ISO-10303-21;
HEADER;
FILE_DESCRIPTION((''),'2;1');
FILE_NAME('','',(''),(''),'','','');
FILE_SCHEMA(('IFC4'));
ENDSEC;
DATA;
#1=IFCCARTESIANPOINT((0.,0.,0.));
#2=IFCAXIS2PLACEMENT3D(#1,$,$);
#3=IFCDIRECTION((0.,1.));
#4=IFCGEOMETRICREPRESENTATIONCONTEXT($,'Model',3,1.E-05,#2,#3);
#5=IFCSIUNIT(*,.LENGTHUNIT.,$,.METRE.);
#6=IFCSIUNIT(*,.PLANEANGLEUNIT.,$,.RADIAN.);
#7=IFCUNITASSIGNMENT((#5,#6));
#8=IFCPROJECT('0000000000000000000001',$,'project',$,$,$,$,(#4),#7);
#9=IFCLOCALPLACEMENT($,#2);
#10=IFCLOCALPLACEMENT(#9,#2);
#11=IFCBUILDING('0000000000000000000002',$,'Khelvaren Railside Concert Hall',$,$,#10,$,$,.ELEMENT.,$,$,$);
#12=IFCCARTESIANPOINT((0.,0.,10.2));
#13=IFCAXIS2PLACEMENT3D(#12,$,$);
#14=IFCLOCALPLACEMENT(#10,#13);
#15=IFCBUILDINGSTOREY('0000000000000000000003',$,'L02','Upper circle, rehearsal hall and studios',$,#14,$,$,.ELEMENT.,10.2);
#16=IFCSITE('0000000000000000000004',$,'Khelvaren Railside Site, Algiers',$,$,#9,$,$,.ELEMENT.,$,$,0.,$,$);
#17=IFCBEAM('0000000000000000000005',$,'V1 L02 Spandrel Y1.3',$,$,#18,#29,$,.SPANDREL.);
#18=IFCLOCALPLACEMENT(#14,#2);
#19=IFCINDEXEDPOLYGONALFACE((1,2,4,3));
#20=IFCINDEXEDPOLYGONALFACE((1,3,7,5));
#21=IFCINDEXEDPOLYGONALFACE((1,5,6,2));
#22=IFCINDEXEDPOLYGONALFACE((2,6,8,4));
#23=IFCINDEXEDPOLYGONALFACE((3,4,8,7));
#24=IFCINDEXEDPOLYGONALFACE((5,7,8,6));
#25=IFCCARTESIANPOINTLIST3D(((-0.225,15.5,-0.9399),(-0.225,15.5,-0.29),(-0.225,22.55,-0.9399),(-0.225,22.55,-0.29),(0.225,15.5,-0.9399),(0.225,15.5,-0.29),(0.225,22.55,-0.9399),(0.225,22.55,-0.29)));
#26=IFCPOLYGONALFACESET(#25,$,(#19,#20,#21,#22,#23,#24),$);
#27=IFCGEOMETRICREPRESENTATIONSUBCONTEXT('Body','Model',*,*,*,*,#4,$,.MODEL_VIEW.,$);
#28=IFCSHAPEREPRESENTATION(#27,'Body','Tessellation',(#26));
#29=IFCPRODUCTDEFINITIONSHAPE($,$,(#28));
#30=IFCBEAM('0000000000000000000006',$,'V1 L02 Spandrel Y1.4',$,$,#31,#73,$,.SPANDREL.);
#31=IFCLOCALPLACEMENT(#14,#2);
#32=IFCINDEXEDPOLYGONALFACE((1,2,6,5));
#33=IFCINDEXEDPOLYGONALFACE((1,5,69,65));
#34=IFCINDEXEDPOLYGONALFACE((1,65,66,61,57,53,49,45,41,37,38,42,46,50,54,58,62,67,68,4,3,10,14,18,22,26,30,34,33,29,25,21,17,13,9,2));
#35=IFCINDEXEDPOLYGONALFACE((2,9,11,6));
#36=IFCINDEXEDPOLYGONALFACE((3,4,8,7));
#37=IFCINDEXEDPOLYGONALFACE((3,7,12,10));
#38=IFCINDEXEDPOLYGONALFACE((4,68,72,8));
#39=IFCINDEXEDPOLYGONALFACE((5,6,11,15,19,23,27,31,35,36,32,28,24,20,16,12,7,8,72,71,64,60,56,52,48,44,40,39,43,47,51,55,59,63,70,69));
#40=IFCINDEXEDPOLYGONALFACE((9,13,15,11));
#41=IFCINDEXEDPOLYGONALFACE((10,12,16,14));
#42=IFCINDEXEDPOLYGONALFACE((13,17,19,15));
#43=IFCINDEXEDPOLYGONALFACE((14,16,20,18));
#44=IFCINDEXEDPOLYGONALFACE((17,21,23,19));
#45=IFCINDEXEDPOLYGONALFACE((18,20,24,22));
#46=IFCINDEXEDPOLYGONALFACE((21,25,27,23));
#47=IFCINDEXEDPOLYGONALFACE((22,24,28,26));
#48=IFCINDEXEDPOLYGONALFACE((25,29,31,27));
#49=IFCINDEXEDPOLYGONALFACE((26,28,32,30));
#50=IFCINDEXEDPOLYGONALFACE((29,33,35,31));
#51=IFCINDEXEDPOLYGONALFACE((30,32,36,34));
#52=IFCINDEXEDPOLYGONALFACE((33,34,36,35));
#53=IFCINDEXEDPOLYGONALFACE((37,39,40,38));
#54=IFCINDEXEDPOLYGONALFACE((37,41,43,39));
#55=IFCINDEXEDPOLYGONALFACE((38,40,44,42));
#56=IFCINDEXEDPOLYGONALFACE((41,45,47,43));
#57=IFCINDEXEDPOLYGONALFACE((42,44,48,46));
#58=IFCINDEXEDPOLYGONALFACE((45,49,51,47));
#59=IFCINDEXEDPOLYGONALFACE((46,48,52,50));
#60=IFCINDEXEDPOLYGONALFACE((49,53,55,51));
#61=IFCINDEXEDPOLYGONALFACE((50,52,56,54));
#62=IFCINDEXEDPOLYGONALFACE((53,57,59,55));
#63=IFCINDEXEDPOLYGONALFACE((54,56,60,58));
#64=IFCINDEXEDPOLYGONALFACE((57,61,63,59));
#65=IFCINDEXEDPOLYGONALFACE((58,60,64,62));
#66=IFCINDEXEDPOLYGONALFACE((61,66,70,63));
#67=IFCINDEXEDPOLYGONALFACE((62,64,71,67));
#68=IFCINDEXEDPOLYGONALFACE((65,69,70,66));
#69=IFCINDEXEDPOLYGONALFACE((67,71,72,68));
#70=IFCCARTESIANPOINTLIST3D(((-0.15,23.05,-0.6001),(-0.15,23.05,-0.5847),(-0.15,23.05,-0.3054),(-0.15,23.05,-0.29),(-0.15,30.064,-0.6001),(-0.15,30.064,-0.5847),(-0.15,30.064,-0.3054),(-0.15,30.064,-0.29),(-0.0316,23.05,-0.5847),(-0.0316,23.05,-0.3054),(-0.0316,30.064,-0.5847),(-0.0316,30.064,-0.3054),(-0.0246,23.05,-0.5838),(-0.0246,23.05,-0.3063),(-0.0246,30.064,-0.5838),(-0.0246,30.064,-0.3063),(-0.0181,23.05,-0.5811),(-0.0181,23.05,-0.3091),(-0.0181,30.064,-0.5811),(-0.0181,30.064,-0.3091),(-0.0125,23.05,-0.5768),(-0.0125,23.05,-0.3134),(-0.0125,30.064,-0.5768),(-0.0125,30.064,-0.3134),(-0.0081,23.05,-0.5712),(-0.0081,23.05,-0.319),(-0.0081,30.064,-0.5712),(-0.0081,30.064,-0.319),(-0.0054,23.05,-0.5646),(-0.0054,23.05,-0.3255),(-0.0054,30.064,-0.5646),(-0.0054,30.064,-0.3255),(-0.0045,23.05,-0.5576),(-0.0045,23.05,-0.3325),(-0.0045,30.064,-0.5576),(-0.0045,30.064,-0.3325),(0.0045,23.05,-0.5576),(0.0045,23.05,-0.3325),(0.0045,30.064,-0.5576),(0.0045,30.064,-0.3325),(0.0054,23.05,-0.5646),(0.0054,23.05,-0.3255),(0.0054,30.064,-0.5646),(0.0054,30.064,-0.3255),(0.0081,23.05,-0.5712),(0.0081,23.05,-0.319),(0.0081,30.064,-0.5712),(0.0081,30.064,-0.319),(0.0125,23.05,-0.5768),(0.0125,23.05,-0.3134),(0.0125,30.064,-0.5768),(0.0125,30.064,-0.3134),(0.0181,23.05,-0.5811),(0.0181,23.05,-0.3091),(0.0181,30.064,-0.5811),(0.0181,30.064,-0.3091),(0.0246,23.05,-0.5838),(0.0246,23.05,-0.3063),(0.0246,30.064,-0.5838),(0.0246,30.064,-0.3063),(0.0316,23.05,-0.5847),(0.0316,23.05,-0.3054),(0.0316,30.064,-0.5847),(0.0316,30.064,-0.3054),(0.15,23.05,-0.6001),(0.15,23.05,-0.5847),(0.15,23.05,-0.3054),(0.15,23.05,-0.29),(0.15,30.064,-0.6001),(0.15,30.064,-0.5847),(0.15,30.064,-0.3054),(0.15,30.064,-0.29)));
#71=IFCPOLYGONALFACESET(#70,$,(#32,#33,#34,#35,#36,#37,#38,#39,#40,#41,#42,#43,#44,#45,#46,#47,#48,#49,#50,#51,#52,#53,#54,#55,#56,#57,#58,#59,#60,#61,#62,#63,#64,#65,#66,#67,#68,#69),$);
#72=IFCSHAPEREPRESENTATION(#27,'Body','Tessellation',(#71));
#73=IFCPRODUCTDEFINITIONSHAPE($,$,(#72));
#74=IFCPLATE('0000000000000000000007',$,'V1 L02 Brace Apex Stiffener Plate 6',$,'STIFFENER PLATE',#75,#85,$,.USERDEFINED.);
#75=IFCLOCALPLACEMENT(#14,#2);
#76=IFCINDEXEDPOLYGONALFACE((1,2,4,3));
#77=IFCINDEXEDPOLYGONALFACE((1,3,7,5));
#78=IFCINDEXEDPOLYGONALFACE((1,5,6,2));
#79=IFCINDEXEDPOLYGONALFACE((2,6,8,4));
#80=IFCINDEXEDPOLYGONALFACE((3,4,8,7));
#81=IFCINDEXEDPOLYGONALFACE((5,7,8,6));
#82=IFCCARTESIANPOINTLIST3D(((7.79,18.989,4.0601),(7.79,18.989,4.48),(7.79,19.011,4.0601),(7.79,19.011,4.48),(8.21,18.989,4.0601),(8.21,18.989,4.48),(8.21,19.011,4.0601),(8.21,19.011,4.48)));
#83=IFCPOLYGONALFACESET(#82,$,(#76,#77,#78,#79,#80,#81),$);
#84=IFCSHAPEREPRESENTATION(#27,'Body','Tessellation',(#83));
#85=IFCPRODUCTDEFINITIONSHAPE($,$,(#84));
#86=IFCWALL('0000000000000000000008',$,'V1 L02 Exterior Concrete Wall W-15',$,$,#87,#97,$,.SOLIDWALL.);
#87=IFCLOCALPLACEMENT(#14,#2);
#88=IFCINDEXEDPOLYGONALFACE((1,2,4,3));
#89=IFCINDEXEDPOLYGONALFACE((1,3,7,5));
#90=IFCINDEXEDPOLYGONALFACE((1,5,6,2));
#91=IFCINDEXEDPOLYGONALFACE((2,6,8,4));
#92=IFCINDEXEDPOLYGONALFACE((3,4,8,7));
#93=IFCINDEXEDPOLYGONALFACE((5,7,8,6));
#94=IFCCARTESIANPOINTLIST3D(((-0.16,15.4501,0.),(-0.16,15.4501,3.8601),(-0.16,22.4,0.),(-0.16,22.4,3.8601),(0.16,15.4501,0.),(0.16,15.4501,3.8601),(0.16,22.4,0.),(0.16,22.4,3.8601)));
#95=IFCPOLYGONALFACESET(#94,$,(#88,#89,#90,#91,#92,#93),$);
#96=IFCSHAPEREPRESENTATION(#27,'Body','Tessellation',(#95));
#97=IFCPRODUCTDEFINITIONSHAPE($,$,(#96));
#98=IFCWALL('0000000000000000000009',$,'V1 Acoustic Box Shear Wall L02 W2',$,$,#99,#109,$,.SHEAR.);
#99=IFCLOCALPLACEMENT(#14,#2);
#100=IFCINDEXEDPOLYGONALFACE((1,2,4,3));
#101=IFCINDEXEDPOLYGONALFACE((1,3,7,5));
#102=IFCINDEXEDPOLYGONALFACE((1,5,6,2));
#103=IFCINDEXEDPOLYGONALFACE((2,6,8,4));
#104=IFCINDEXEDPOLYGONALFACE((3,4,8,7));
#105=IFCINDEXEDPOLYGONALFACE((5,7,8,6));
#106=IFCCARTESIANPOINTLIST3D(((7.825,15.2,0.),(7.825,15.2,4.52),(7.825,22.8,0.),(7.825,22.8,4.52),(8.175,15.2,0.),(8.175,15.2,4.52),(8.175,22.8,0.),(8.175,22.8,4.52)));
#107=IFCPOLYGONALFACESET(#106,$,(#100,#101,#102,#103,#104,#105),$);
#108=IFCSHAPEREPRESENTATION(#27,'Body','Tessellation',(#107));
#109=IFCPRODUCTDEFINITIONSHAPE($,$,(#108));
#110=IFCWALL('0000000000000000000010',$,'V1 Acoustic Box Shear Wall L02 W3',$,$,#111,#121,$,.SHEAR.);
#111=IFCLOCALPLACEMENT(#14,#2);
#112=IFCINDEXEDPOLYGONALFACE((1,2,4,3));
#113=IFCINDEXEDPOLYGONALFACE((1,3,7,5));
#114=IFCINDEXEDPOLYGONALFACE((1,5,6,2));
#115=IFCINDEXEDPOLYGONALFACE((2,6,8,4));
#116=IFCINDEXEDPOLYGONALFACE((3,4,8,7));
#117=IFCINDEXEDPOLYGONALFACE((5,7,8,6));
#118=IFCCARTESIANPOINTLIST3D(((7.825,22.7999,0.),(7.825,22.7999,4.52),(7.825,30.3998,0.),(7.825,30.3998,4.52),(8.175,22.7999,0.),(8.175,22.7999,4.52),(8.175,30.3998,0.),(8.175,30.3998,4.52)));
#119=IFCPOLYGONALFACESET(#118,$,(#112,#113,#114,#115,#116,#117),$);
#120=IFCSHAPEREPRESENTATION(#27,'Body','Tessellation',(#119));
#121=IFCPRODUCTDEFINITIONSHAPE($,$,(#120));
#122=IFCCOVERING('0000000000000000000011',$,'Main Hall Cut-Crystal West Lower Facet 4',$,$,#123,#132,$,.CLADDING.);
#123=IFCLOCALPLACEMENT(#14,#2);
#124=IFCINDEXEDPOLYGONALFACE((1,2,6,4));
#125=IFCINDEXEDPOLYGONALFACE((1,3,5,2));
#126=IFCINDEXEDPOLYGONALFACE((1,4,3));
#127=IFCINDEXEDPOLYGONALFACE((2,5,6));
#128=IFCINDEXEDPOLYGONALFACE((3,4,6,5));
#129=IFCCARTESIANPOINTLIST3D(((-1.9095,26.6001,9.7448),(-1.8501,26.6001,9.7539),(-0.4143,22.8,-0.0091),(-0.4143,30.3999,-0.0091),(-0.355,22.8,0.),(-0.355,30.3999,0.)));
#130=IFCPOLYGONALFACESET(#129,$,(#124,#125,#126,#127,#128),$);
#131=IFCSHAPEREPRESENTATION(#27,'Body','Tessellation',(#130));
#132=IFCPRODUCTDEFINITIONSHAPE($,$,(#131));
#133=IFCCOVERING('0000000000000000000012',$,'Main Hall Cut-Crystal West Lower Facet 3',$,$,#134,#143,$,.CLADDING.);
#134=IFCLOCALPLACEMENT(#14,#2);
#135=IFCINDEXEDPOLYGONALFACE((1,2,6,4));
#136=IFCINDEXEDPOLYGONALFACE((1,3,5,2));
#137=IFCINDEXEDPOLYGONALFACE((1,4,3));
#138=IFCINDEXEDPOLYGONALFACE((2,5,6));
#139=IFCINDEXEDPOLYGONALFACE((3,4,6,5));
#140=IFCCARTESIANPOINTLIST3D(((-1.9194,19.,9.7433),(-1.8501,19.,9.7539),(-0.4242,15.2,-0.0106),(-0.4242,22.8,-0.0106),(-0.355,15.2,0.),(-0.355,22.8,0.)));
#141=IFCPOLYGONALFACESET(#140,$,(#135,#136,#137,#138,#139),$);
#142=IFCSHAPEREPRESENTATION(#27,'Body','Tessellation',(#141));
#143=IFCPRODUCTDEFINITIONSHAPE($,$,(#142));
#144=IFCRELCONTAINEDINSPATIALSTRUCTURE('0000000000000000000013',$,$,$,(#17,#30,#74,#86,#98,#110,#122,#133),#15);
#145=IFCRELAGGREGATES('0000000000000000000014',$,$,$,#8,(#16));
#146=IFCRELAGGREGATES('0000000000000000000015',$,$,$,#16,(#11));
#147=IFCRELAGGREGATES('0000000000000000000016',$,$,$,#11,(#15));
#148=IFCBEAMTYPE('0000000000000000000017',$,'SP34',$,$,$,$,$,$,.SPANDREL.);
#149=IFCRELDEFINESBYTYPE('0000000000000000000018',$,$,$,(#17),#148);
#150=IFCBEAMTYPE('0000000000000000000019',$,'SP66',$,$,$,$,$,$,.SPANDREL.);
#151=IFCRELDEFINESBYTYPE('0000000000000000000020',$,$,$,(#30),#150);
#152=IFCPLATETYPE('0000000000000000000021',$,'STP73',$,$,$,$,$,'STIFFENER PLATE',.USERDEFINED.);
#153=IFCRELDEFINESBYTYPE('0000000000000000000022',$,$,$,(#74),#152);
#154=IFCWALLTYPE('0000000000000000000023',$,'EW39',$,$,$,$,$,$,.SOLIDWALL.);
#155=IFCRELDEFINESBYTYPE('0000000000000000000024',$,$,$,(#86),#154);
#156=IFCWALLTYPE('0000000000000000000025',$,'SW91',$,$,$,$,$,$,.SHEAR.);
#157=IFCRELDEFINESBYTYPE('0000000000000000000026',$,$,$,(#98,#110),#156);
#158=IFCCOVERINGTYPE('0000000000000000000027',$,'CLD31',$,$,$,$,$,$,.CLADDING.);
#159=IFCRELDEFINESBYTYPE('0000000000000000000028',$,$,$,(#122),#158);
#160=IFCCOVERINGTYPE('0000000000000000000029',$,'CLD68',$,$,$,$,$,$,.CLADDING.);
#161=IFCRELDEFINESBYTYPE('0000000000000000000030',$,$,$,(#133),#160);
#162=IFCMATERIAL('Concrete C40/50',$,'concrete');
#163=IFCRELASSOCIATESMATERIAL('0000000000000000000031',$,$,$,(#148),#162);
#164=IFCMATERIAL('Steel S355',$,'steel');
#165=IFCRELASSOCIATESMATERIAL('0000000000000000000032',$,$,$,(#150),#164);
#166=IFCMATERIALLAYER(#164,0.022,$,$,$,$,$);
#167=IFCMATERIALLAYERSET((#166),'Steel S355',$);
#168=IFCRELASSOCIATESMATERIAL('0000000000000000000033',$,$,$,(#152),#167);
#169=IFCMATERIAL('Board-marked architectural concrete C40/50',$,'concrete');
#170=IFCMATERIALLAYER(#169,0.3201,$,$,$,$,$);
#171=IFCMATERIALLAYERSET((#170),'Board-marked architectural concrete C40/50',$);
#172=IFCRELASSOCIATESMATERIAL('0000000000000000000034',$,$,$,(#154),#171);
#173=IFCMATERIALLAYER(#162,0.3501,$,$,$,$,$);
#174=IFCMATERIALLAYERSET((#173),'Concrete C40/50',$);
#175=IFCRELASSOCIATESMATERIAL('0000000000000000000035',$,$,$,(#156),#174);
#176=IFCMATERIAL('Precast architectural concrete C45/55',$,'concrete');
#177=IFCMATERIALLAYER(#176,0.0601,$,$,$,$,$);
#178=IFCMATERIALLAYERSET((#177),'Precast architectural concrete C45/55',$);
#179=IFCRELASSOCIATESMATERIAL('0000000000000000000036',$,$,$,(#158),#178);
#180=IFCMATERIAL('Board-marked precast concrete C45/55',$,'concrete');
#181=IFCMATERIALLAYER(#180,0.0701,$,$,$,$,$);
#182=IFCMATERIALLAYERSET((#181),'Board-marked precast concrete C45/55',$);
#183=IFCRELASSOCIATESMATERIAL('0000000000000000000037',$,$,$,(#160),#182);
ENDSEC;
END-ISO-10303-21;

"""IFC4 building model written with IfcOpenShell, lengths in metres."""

from ifc_helpers import new_model, si_unit, direction, frame, frame_2d, origin, origin_2d, place, context, subcontext, project, spatial, polyline, rectangle, i_section, outline, extrude, material, layer, layer_set, material_profile, profile_set, type_object, element, save


model = new_model("IFC4")

# Units and contexts
model_context = context("Model", 3, precision=1e-05, world=origin(), true_north=direction((0.0, 1.0)))
body_context = subcontext(model_context, "Body", "Model", "MODEL_VIEW")
ifc_project = project(units=[si_unit("LENGTHUNIT", "METRE"), si_unit("PLANEANGLEUNIT", "RADIAN")], contexts=[model_context])

# Site, building, storey
site_placement = place(None, origin())
site = spatial("IfcSite", under=ifc_project, at=site_placement, Name="Khelvaren Railside Site, Algiers", CompositionType="ELEMENT", RefElevation=0.0)
building_placement = place(site_placement, origin())
building = spatial("IfcBuilding", under=site, at=building_placement, Name="Khelvaren Railside Concert Hall", CompositionType="ELEMENT")
storey_placement = place(building_placement, frame((0.0, 0.0, 10.2)))
storey = spatial("IfcBuildingStorey", under=building, at=storey_placement, Name="L02", Description="Upper circle, rehearsal hall and studios", CompositionType="ELEMENT", Elevation=10.2)

# Shared definitions
ifc_material_1 = material(Name="Concrete C40/50", Category="concrete")
ifc_material_2 = material(Name="Steel S355", Category="steel")

# Beams
ifc_material_profile_1 = material_profile(ifc_material_1, rectangle(XDim=0.45, YDim=0.6499, at=origin_2d()), Name="RCB 450x650")
ifc_profile_set_1 = profile_set([ifc_material_profile_1], Name="Concrete C40/50")
beam_type_1 = type_object("IfcBeamType", Name="SP34", PredefinedType="SPANDREL", material=ifc_profile_set_1)
beam_1_placement = place(storey_placement, frame((0.0, 15.5, -0.615), z_axis=(0.0, 1.0, 0.0), x_axis=(-1.0, 0.0, 0.0)))
element("IfcBeam", 1, at=beam_1_placement, inside=storey, type_object=beam_type_1, Name="V1 L02 Spandrel Y1.3", PredefinedType="SPANDREL", context=body_context, shape_type="SweptSolid", body=[
    extrude(rectangle(XDim=0.45, YDim=0.6499, at=origin_2d()), origin(), (0.0, 0.0, 1.0), 7.05),
])
ifc_material_profile_2 = material_profile(ifc_material_2, i_section(OverallWidth=0.3, OverallDepth=0.3101, WebThickness=0.009, FlangeThickness=0.0154, FilletRadius=0.0271, at=origin_2d()), Name="HEA 320")
ifc_profile_set_2 = profile_set([ifc_material_profile_2], Name="Steel S355")
beam_type_2 = type_object("IfcBeamType", Name="SP66", PredefinedType="SPANDREL", material=ifc_profile_set_2)
beam_2_placement = place(storey_placement, frame((0.0, 23.05, -0.4451), z_axis=(0.0, 1.0, 0.0), x_axis=(-1.0, 0.0, 0.0)))
element("IfcBeam", 2, at=beam_2_placement, inside=storey, type_object=beam_type_2, Name="V1 L02 Spandrel Y1.4", PredefinedType="SPANDREL", context=body_context, shape_type="SweptSolid", body=[
    extrude(i_section(OverallWidth=0.3, OverallDepth=0.3101, WebThickness=0.009, FlangeThickness=0.0154, FilletRadius=0.0271, at=origin_2d()), origin(), (0.0, 0.0, 1.0), 7.0139),
])

# Plate
ifc_layer_1 = layer(ifc_material_2, 0.022)
ifc_layer_set_1 = layer_set([ifc_layer_1], Name="Steel S355")
plate_type = type_object("IfcPlateType", Name="STP73", ElementType="STIFFENER PLATE", PredefinedType="USERDEFINED", material=ifc_layer_set_1)
plate_placement = place(storey_placement, frame((8.0, 19.0, 4.0601), z_axis=(0.0, 0.0, 1.0), x_axis=(1.0, 0.0, 0.0)))
element("IfcPlate", 3, at=plate_placement, inside=storey, type_object=plate_type, Name="V1 L02 Brace Apex Stiffener Plate 6", ObjectType="STIFFENER PLATE", PredefinedType="USERDEFINED", context=body_context, shape_type="SweptSolid", body=[
    extrude(rectangle(XDim=0.4199, YDim=0.022, at=origin_2d()), origin(), (0.0, 0.0, 1.0), 0.4199),
])

# Walls
ifc_material_3 = material(Name="Board-marked architectural concrete C40/50", Category="concrete")
ifc_layer_2 = layer(ifc_material_3, 0.3201)
ifc_layer_set_2 = layer_set([ifc_layer_2], Name="Board-marked architectural concrete C40/50")
wall_type_1 = type_object("IfcWallType", Name="EW39", PredefinedType="SOLIDWALL", material=ifc_layer_set_2)
wall_1_placement = place(storey_placement, frame((0.0, 15.45, 0.0), z_axis=(0.0, 0.0, 1.0), x_axis=(0.0, 1.0, 0.0)))
element("IfcWall", 4, at=wall_1_placement, inside=storey, type_object=wall_type_1, Name="V1 L02 Exterior Concrete Wall W-15", PredefinedType="SOLIDWALL", context=body_context, shape_type="SweptSolid", body=[
    extrude(rectangle(XDim=6.95, YDim=0.3201, at=frame_2d((3.4751, 0.0))), origin(), (0.0, 0.0, 1.0), 3.8601),
])
ifc_layer_3 = layer(ifc_material_1, 0.3501)
ifc_layer_set_3 = layer_set([ifc_layer_3], Name="Concrete C40/50")
wall_type_2 = type_object("IfcWallType", Name="SW91", PredefinedType="SHEAR", material=ifc_layer_set_3)
wall_2_placement = place(storey_placement, frame((8.0, 15.2, 0.0), z_axis=(0.0, 0.0, 1.0), x_axis=(0.0, 1.0, 0.0)))
element("IfcWall", 5, at=wall_2_placement, inside=storey, type_object=wall_type_2, Name="V1 Acoustic Box Shear Wall L02 W2", PredefinedType="SHEAR", context=body_context, shape_type="SweptSolid", body=[
    extrude(rectangle(XDim=7.6001, YDim=0.3501, at=frame_2d((3.8, 0.0))), origin(), (0.0, 0.0, 1.0), 4.52),
])
wall_3_placement = place(storey_placement, frame((8.0, 22.8, 0.0), z_axis=(0.0, 0.0, 1.0), x_axis=(0.0, 1.0, 0.0)))
element("IfcWall", 6, at=wall_3_placement, inside=storey, type_object=wall_type_2, Name="V1 Acoustic Box Shear Wall L02 W3", PredefinedType="SHEAR", context=body_context, shape_type="SweptSolid", body=[
    extrude(rectangle(XDim=7.5999, YDim=0.3501, at=frame_2d((3.7998, 0.0))), origin(), (0.0, 0.0, 1.0), 4.52),
])

# Coverings
ifc_material_4 = material(Name="Precast architectural concrete C45/55", Category="concrete")
ifc_layer_4 = layer(ifc_material_4, 0.0601)
ifc_layer_set_4 = layer_set([ifc_layer_4], Name="Precast architectural concrete C45/55")
covering_type_1 = type_object("IfcCoveringType", Name="CLD31", PredefinedType="CLADDING", material=ifc_layer_set_4)
covering_1_placement = place(storey_placement, frame((-0.355, 22.8, 0.0), z_axis=(0.988455, 0.0, 0.151514), x_axis=(0.0, 1.0, 0.0)))
element("IfcCovering", 7, at=covering_1_placement, inside=storey, type_object=covering_type_1, Name="Main Hall Cut-Crystal West Lower Facet 4", PredefinedType="CLADDING", context=body_context, shape_type="SweptSolid", body=[
    extrude(outline(polyline([(0.0, 0.0), (7.5999, 0.0), (3.8, 9.8678), (0.0, 0.0)])), origin(), (0.0, 0.0, -1.0), 0.0601),
])
ifc_material_5 = material(Name="Board-marked precast concrete C45/55", Category="concrete")
ifc_layer_5 = layer(ifc_material_5, 0.0701)
ifc_layer_set_5 = layer_set([ifc_layer_5], Name="Board-marked precast concrete C45/55")
covering_type_2 = type_object("IfcCoveringType", Name="CLD68", PredefinedType="CLADDING", material=ifc_layer_set_5)
covering_2_placement = place(storey_placement, frame((-0.355, 15.2, 0.0), z_axis=(0.988455, 0.0, 0.151514), x_axis=(0.0, 1.0, 0.0)))
element("IfcCovering", 8, at=covering_2_placement, inside=storey, type_object=covering_type_2, Name="Main Hall Cut-Crystal West Lower Facet 3", PredefinedType="CLADDING", context=body_context, shape_type="SweptSolid", body=[
    extrude(outline(polyline([(0.0, 0.0), (7.6001, 0.0), (3.8, 9.8678), (0.0, 0.0)])), origin(), (0.0, 0.0, -1.0), 0.0701),
])

save(model, "model.ifc")
